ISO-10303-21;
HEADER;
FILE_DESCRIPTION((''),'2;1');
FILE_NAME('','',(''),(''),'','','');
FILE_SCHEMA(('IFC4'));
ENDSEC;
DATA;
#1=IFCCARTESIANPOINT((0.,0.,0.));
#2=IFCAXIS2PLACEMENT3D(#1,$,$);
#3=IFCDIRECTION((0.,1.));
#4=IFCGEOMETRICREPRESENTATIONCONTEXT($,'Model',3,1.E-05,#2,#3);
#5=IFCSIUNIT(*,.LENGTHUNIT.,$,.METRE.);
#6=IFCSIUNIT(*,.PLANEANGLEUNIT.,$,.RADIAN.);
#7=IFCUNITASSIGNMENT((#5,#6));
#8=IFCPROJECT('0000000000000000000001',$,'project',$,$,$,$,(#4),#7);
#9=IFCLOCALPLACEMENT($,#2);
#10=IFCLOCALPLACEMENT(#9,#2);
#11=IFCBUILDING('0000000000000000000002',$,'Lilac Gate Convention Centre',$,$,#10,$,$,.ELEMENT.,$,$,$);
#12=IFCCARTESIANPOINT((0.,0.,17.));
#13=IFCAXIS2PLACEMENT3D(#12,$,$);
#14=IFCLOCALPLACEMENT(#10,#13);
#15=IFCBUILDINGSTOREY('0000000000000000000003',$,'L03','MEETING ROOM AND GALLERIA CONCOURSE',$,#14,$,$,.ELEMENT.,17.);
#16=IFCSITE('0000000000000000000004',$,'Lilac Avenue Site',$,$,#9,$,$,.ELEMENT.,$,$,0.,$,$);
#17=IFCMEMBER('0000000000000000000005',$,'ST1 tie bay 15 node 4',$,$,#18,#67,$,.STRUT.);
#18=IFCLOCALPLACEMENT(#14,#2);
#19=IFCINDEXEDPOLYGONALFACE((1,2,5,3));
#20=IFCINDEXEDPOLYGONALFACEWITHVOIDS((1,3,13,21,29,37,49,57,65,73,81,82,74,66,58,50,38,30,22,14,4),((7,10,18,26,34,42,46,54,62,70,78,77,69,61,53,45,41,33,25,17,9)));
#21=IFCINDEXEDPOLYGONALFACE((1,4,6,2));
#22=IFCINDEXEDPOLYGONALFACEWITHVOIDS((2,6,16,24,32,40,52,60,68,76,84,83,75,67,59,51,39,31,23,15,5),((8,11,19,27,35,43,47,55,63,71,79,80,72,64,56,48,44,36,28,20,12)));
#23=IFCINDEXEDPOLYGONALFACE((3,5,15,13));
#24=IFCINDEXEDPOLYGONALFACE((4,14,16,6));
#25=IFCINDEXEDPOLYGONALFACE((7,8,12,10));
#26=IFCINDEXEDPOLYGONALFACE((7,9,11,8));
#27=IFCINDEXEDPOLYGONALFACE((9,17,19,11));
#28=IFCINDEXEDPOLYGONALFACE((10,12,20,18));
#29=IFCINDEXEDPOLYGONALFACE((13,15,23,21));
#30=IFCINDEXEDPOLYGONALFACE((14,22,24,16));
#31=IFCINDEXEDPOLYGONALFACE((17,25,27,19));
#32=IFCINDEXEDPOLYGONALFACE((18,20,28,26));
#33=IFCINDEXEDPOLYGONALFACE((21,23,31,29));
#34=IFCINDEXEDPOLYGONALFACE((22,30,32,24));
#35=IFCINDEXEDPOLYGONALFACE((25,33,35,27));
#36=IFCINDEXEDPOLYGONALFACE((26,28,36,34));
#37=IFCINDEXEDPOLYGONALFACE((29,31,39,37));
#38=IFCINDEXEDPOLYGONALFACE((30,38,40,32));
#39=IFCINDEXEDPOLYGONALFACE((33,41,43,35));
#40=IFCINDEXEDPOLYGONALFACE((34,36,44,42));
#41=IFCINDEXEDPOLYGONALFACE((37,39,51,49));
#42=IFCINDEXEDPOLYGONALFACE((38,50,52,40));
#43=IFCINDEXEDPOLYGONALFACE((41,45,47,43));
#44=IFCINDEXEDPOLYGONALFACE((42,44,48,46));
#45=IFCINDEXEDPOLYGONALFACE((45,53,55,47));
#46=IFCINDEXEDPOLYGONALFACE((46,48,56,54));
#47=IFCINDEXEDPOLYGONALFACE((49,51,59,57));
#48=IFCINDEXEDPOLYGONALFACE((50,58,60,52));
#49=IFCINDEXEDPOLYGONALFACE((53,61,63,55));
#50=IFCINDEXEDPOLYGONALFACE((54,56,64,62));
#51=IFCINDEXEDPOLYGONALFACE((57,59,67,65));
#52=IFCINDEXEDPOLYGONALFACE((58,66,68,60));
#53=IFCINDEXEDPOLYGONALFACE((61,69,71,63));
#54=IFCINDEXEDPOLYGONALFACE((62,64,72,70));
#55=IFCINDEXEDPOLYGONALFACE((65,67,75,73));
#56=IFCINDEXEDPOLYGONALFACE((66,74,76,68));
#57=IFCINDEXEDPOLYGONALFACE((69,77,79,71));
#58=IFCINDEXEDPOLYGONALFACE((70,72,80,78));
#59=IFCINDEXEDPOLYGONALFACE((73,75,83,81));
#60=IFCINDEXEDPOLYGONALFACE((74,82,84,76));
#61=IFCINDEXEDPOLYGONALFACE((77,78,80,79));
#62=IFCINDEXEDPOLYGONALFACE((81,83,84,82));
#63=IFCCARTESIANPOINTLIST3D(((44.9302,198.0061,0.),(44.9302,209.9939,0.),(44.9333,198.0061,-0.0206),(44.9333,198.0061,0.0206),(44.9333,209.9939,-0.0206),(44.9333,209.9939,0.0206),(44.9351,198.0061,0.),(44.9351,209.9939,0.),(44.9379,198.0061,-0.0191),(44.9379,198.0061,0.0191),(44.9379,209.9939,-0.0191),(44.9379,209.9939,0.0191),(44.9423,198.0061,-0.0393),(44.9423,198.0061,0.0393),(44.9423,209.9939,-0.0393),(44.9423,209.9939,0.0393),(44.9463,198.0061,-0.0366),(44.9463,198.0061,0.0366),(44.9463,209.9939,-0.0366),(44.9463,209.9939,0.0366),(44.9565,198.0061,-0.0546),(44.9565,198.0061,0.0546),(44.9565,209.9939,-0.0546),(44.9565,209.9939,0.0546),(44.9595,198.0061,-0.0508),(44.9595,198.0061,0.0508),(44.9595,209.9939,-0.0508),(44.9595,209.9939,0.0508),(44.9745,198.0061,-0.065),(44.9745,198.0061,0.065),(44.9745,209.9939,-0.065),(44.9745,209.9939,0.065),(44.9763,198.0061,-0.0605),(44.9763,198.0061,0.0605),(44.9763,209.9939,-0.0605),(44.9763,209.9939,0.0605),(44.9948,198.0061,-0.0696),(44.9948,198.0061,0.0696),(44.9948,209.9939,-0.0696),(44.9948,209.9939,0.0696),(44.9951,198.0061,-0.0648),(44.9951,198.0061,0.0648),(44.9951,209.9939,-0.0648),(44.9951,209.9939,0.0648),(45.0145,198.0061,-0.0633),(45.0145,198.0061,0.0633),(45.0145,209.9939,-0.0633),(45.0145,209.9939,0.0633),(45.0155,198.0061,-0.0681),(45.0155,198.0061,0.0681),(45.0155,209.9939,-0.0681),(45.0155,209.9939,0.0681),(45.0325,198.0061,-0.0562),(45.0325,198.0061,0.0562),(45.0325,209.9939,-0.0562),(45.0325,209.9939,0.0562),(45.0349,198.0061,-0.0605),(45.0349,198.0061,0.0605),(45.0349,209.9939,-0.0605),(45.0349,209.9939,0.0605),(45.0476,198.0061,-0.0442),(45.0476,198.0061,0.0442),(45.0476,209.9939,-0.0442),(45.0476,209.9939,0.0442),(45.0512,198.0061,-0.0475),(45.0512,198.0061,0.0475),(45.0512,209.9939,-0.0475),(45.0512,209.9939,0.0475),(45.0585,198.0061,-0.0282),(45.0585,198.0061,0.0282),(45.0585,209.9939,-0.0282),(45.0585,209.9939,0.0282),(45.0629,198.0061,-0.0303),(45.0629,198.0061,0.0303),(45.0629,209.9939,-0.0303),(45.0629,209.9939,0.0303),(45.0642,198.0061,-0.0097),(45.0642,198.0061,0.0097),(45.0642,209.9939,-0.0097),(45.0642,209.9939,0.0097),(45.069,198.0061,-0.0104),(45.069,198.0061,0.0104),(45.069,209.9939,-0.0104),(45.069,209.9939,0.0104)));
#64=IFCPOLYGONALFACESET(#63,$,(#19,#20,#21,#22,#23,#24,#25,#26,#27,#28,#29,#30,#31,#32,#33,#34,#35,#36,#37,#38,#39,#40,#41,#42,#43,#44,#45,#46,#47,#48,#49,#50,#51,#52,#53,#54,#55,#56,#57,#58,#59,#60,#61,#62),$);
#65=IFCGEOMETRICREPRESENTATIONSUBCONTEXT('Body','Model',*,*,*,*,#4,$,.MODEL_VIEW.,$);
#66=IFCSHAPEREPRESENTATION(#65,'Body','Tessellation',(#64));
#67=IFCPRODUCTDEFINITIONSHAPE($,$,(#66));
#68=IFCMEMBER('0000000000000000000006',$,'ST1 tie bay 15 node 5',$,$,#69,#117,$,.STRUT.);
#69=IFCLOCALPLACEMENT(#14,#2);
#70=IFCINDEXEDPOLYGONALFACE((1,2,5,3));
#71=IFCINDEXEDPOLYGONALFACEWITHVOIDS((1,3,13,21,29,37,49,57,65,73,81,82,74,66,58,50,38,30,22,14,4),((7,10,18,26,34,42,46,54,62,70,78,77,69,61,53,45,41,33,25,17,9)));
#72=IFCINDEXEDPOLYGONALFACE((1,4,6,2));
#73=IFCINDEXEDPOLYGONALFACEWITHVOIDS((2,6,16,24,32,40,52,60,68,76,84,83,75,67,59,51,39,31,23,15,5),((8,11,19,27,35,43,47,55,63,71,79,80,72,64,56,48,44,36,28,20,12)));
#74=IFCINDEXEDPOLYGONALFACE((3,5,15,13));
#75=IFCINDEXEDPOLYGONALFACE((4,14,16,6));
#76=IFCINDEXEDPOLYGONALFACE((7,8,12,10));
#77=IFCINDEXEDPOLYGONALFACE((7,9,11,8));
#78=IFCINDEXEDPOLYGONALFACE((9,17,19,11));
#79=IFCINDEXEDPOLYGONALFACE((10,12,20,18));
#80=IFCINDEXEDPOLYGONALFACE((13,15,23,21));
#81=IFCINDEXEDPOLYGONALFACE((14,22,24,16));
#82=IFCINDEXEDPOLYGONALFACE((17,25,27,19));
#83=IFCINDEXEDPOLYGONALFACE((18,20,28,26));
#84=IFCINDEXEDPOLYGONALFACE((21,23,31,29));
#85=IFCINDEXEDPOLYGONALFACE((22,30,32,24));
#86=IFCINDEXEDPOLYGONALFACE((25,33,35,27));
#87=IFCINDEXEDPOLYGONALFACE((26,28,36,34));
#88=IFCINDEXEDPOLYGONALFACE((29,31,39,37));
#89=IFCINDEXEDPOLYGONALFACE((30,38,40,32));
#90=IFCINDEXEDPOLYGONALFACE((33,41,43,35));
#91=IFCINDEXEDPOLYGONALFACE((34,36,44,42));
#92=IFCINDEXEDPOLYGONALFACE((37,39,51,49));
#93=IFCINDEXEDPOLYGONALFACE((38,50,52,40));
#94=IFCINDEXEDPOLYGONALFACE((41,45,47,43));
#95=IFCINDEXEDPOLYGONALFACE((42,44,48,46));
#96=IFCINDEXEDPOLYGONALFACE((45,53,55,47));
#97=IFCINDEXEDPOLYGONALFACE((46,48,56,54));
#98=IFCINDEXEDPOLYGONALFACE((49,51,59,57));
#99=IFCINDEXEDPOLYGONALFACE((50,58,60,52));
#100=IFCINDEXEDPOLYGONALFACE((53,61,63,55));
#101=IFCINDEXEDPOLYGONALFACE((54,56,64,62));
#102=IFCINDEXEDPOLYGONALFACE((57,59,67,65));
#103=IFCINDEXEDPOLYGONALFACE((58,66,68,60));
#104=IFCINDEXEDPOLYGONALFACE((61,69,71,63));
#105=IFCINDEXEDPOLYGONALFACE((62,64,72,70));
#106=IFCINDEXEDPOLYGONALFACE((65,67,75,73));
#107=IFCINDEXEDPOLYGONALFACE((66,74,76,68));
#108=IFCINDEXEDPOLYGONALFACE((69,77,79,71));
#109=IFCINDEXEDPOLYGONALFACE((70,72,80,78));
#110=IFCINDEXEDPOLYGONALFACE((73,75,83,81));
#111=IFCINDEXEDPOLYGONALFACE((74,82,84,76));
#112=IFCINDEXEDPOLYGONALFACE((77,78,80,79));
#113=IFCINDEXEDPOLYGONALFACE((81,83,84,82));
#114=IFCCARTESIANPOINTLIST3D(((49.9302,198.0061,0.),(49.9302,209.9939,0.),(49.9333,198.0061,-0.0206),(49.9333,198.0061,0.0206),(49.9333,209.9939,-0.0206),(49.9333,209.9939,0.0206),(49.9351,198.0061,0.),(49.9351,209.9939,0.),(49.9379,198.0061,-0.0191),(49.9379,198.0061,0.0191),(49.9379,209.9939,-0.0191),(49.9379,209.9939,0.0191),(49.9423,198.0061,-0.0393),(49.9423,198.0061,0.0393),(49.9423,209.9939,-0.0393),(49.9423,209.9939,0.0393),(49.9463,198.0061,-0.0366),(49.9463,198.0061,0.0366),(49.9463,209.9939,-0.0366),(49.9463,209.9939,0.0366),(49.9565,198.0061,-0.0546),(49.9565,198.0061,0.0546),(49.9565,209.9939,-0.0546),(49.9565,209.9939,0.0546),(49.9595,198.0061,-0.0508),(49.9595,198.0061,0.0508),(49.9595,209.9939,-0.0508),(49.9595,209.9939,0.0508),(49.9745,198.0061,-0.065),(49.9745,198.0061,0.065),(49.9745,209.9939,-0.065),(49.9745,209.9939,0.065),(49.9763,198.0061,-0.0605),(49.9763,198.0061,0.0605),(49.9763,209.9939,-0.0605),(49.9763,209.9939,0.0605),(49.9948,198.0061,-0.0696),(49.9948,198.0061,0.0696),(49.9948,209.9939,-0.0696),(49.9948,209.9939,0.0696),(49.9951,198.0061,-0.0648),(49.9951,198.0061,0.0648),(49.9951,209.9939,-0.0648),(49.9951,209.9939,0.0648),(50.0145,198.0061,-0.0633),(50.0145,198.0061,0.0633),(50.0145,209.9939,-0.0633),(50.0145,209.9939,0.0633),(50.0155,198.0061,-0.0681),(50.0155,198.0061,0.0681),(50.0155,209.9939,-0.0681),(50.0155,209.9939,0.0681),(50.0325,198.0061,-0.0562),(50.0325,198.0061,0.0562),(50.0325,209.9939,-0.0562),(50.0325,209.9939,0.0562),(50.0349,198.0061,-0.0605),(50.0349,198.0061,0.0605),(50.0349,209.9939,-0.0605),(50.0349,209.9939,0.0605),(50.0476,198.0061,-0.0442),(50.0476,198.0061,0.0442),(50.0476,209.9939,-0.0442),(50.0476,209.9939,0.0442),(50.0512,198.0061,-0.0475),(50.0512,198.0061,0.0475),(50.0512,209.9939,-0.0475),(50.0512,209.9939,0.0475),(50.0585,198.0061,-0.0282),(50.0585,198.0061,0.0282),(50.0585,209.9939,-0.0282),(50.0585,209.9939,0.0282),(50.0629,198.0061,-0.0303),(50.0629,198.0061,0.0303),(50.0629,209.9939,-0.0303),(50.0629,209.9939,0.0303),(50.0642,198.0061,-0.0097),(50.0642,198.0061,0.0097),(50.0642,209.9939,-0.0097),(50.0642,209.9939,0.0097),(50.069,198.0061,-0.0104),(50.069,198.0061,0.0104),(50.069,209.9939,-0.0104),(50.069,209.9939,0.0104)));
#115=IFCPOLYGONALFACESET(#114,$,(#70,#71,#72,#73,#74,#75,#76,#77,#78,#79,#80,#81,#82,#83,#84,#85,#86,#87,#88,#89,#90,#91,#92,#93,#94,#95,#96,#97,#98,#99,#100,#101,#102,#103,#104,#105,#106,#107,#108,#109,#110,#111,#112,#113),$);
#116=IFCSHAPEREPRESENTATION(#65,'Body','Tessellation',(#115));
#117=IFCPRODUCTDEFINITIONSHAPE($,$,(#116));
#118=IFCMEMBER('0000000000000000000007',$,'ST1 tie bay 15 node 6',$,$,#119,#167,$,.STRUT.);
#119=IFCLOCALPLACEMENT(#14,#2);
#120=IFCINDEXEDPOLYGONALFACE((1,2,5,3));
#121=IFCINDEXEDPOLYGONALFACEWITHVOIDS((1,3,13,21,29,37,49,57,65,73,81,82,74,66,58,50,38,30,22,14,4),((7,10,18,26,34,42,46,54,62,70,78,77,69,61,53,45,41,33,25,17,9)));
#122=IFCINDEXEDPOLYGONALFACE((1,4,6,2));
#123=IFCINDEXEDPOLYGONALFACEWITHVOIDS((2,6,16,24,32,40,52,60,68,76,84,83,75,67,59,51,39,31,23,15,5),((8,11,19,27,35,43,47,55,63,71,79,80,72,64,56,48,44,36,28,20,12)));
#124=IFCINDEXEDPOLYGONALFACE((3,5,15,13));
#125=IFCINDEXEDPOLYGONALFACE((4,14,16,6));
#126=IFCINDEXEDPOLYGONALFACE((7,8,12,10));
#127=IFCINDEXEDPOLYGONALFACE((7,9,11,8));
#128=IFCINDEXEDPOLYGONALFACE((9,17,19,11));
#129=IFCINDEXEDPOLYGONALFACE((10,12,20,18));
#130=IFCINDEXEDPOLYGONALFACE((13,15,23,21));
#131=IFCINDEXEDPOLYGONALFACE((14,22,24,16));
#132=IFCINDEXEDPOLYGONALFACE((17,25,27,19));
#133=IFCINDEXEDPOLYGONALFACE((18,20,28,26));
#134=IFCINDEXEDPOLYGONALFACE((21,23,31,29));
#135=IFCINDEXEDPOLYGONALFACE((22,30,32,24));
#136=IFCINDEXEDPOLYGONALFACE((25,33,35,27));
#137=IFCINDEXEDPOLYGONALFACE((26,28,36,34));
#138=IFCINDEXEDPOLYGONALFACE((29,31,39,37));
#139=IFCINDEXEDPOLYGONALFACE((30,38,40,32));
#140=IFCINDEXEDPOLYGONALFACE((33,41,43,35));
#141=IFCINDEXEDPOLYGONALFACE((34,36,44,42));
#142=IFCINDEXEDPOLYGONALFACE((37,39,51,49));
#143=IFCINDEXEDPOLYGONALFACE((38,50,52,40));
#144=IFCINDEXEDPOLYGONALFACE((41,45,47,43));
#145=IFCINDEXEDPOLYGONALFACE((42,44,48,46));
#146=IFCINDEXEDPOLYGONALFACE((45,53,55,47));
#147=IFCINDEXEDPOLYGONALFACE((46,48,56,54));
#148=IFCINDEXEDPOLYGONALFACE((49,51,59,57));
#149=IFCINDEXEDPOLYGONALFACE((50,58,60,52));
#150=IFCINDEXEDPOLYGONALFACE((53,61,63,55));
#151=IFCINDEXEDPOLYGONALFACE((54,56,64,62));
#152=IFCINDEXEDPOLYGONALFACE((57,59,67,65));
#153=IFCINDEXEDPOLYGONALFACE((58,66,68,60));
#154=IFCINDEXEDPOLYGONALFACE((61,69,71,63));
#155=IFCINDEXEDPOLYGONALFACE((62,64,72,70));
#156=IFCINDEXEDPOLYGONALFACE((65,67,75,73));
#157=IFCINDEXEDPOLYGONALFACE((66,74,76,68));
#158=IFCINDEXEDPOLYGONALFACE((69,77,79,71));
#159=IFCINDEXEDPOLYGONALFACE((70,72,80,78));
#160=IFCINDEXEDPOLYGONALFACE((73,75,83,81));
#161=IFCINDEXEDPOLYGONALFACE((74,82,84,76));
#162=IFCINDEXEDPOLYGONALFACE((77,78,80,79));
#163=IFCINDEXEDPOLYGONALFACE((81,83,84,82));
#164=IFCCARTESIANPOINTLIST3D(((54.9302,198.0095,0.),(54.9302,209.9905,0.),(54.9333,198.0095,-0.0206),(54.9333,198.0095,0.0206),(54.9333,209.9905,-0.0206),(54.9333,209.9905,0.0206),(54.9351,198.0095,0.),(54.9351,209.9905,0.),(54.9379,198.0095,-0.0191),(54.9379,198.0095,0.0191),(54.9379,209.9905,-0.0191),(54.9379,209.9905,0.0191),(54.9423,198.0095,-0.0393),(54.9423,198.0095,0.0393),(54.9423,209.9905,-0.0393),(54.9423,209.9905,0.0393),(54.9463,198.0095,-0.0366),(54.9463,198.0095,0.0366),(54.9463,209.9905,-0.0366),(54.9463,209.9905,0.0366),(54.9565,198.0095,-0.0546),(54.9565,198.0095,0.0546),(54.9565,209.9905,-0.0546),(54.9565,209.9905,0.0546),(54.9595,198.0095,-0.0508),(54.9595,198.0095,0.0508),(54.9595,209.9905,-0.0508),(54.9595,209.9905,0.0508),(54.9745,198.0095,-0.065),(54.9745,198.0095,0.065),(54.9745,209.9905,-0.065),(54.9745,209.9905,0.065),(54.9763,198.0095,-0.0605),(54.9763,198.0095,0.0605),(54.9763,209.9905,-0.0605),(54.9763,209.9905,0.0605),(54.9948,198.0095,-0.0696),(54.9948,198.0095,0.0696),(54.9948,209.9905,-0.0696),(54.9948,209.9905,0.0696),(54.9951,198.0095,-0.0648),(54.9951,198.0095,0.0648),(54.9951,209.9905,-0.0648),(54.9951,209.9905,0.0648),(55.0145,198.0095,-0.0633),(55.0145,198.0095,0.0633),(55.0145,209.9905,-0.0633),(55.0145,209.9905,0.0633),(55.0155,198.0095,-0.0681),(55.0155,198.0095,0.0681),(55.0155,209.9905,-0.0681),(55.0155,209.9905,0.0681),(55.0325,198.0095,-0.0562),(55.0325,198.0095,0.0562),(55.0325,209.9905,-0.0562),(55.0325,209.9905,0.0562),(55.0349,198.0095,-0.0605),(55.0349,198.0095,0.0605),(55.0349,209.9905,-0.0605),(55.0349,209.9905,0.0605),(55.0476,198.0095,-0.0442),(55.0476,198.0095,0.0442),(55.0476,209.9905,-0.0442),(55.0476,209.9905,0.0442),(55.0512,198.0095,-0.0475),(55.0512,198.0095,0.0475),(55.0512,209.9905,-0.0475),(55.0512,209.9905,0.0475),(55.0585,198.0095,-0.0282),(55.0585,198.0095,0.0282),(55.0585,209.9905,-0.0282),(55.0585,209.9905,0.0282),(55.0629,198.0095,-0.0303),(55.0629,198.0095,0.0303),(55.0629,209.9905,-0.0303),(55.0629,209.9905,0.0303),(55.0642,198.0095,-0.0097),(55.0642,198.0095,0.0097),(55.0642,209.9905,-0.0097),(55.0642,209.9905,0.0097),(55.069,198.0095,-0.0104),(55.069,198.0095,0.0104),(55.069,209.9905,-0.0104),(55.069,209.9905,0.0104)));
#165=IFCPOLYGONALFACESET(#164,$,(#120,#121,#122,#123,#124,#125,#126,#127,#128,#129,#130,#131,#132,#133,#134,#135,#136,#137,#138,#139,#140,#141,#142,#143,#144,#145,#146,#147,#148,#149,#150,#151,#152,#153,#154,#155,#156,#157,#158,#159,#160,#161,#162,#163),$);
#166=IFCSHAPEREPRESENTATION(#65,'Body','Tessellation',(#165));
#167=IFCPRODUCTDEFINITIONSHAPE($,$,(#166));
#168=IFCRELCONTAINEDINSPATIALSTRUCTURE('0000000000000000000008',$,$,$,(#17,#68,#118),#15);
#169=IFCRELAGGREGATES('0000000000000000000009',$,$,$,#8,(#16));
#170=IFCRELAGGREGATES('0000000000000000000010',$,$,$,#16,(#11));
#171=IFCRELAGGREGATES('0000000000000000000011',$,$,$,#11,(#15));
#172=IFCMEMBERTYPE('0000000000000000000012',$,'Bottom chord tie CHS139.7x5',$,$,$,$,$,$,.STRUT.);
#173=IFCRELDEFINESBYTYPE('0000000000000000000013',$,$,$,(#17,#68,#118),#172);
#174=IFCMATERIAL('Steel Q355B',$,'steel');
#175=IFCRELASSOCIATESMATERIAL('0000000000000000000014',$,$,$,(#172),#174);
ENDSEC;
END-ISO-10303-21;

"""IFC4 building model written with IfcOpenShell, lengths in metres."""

from ifc_helpers import new_model, si_unit, direction, frame, origin, origin_2d, place, context, subcontext, project, spatial, hollow_circle, extrude, material, material_profile, profile_set, type_object, element, save


model = new_model("IFC4")

# Units and contexts
model_context = context("Model", 3, precision=1e-05, world=origin(), true_north=direction((0.0, 1.0)))
body_context = subcontext(model_context, "Body", "Model", "MODEL_VIEW")
ifc_project = project(units=[si_unit("LENGTHUNIT", "METRE"), si_unit("PLANEANGLEUNIT", "RADIAN")], contexts=[model_context])

# Site, building, storey
site_placement = place(None, origin())
site = spatial("IfcSite", under=ifc_project, at=site_placement, Name="Lilac Avenue Site", CompositionType="ELEMENT", RefElevation=0.0)
building_placement = place(site_placement, origin())
building = spatial("IfcBuilding", under=site, at=building_placement, Name="Lilac Gate Convention Centre", CompositionType="ELEMENT")
storey_placement = place(building_placement, frame((0.0, 0.0, 17.0)))
storey = spatial("IfcBuildingStorey", under=building, at=storey_placement, Name="L03", Description="MEETING ROOM AND GALLERIA CONCOURSE", CompositionType="ELEMENT", Elevation=17.0)

# Members
ifc_material = material(Name="Steel Q355B", Category="steel")
ifc_material_profile_1 = material_profile(ifc_material, hollow_circle(Radius=0.0698, WallThickness=0.0049, at=origin_2d()), Name="CHS139.7x5")
ifc_profile_set_1 = profile_set([ifc_material_profile_1], Name="Steel Q355B")
member_type_1 = type_object("IfcMemberType", Name="Bottom chord tie CHS139.7x5", PredefinedType="STRUT", material=ifc_profile_set_1)
for number, where, z_axis, x_axis, name in (
    (1, (45.0, 198.0061, 0.0), (0.0, 1.0, 0.0), (-1.0, 0.0, 0.0), "ST1 tie bay 15 node 4"),
    (2, (50.0, 198.0061, 0.0), (0.0, 1.0, 0.0), (-1.0, 0.0, 0.0), "ST1 tie bay 15 node 5"),
):
    element("IfcMember", number, at=place(storey_placement, frame(where, z_axis=z_axis, x_axis=x_axis)), inside=storey, type_object=member_type_1, Name=name, PredefinedType="STRUT", context=body_context, shape_type="SweptSolid", body=[
        extrude(hollow_circle(Radius=0.0698, WallThickness=0.0049, at=origin_2d()), origin(), (0.0, 0.0, 1.0), 11.9878),
    ])
member_1_placement = place(storey_placement, frame((55.0, 198.0095, 0.0), z_axis=(0.0, 1.0, 0.0), x_axis=(-1.0, 0.0, 0.0)))
element("IfcMember", 3, at=member_1_placement, inside=storey, type_object=member_type_1, Name="ST1 tie bay 15 node 6", PredefinedType="STRUT", context=body_context, shape_type="SweptSolid", body=[
    extrude(hollow_circle(Radius=0.0698, WallThickness=0.0049, at=origin_2d()), origin(), (0.0, 0.0, 1.0), 11.981),
])

save(model, "model.ifc")
